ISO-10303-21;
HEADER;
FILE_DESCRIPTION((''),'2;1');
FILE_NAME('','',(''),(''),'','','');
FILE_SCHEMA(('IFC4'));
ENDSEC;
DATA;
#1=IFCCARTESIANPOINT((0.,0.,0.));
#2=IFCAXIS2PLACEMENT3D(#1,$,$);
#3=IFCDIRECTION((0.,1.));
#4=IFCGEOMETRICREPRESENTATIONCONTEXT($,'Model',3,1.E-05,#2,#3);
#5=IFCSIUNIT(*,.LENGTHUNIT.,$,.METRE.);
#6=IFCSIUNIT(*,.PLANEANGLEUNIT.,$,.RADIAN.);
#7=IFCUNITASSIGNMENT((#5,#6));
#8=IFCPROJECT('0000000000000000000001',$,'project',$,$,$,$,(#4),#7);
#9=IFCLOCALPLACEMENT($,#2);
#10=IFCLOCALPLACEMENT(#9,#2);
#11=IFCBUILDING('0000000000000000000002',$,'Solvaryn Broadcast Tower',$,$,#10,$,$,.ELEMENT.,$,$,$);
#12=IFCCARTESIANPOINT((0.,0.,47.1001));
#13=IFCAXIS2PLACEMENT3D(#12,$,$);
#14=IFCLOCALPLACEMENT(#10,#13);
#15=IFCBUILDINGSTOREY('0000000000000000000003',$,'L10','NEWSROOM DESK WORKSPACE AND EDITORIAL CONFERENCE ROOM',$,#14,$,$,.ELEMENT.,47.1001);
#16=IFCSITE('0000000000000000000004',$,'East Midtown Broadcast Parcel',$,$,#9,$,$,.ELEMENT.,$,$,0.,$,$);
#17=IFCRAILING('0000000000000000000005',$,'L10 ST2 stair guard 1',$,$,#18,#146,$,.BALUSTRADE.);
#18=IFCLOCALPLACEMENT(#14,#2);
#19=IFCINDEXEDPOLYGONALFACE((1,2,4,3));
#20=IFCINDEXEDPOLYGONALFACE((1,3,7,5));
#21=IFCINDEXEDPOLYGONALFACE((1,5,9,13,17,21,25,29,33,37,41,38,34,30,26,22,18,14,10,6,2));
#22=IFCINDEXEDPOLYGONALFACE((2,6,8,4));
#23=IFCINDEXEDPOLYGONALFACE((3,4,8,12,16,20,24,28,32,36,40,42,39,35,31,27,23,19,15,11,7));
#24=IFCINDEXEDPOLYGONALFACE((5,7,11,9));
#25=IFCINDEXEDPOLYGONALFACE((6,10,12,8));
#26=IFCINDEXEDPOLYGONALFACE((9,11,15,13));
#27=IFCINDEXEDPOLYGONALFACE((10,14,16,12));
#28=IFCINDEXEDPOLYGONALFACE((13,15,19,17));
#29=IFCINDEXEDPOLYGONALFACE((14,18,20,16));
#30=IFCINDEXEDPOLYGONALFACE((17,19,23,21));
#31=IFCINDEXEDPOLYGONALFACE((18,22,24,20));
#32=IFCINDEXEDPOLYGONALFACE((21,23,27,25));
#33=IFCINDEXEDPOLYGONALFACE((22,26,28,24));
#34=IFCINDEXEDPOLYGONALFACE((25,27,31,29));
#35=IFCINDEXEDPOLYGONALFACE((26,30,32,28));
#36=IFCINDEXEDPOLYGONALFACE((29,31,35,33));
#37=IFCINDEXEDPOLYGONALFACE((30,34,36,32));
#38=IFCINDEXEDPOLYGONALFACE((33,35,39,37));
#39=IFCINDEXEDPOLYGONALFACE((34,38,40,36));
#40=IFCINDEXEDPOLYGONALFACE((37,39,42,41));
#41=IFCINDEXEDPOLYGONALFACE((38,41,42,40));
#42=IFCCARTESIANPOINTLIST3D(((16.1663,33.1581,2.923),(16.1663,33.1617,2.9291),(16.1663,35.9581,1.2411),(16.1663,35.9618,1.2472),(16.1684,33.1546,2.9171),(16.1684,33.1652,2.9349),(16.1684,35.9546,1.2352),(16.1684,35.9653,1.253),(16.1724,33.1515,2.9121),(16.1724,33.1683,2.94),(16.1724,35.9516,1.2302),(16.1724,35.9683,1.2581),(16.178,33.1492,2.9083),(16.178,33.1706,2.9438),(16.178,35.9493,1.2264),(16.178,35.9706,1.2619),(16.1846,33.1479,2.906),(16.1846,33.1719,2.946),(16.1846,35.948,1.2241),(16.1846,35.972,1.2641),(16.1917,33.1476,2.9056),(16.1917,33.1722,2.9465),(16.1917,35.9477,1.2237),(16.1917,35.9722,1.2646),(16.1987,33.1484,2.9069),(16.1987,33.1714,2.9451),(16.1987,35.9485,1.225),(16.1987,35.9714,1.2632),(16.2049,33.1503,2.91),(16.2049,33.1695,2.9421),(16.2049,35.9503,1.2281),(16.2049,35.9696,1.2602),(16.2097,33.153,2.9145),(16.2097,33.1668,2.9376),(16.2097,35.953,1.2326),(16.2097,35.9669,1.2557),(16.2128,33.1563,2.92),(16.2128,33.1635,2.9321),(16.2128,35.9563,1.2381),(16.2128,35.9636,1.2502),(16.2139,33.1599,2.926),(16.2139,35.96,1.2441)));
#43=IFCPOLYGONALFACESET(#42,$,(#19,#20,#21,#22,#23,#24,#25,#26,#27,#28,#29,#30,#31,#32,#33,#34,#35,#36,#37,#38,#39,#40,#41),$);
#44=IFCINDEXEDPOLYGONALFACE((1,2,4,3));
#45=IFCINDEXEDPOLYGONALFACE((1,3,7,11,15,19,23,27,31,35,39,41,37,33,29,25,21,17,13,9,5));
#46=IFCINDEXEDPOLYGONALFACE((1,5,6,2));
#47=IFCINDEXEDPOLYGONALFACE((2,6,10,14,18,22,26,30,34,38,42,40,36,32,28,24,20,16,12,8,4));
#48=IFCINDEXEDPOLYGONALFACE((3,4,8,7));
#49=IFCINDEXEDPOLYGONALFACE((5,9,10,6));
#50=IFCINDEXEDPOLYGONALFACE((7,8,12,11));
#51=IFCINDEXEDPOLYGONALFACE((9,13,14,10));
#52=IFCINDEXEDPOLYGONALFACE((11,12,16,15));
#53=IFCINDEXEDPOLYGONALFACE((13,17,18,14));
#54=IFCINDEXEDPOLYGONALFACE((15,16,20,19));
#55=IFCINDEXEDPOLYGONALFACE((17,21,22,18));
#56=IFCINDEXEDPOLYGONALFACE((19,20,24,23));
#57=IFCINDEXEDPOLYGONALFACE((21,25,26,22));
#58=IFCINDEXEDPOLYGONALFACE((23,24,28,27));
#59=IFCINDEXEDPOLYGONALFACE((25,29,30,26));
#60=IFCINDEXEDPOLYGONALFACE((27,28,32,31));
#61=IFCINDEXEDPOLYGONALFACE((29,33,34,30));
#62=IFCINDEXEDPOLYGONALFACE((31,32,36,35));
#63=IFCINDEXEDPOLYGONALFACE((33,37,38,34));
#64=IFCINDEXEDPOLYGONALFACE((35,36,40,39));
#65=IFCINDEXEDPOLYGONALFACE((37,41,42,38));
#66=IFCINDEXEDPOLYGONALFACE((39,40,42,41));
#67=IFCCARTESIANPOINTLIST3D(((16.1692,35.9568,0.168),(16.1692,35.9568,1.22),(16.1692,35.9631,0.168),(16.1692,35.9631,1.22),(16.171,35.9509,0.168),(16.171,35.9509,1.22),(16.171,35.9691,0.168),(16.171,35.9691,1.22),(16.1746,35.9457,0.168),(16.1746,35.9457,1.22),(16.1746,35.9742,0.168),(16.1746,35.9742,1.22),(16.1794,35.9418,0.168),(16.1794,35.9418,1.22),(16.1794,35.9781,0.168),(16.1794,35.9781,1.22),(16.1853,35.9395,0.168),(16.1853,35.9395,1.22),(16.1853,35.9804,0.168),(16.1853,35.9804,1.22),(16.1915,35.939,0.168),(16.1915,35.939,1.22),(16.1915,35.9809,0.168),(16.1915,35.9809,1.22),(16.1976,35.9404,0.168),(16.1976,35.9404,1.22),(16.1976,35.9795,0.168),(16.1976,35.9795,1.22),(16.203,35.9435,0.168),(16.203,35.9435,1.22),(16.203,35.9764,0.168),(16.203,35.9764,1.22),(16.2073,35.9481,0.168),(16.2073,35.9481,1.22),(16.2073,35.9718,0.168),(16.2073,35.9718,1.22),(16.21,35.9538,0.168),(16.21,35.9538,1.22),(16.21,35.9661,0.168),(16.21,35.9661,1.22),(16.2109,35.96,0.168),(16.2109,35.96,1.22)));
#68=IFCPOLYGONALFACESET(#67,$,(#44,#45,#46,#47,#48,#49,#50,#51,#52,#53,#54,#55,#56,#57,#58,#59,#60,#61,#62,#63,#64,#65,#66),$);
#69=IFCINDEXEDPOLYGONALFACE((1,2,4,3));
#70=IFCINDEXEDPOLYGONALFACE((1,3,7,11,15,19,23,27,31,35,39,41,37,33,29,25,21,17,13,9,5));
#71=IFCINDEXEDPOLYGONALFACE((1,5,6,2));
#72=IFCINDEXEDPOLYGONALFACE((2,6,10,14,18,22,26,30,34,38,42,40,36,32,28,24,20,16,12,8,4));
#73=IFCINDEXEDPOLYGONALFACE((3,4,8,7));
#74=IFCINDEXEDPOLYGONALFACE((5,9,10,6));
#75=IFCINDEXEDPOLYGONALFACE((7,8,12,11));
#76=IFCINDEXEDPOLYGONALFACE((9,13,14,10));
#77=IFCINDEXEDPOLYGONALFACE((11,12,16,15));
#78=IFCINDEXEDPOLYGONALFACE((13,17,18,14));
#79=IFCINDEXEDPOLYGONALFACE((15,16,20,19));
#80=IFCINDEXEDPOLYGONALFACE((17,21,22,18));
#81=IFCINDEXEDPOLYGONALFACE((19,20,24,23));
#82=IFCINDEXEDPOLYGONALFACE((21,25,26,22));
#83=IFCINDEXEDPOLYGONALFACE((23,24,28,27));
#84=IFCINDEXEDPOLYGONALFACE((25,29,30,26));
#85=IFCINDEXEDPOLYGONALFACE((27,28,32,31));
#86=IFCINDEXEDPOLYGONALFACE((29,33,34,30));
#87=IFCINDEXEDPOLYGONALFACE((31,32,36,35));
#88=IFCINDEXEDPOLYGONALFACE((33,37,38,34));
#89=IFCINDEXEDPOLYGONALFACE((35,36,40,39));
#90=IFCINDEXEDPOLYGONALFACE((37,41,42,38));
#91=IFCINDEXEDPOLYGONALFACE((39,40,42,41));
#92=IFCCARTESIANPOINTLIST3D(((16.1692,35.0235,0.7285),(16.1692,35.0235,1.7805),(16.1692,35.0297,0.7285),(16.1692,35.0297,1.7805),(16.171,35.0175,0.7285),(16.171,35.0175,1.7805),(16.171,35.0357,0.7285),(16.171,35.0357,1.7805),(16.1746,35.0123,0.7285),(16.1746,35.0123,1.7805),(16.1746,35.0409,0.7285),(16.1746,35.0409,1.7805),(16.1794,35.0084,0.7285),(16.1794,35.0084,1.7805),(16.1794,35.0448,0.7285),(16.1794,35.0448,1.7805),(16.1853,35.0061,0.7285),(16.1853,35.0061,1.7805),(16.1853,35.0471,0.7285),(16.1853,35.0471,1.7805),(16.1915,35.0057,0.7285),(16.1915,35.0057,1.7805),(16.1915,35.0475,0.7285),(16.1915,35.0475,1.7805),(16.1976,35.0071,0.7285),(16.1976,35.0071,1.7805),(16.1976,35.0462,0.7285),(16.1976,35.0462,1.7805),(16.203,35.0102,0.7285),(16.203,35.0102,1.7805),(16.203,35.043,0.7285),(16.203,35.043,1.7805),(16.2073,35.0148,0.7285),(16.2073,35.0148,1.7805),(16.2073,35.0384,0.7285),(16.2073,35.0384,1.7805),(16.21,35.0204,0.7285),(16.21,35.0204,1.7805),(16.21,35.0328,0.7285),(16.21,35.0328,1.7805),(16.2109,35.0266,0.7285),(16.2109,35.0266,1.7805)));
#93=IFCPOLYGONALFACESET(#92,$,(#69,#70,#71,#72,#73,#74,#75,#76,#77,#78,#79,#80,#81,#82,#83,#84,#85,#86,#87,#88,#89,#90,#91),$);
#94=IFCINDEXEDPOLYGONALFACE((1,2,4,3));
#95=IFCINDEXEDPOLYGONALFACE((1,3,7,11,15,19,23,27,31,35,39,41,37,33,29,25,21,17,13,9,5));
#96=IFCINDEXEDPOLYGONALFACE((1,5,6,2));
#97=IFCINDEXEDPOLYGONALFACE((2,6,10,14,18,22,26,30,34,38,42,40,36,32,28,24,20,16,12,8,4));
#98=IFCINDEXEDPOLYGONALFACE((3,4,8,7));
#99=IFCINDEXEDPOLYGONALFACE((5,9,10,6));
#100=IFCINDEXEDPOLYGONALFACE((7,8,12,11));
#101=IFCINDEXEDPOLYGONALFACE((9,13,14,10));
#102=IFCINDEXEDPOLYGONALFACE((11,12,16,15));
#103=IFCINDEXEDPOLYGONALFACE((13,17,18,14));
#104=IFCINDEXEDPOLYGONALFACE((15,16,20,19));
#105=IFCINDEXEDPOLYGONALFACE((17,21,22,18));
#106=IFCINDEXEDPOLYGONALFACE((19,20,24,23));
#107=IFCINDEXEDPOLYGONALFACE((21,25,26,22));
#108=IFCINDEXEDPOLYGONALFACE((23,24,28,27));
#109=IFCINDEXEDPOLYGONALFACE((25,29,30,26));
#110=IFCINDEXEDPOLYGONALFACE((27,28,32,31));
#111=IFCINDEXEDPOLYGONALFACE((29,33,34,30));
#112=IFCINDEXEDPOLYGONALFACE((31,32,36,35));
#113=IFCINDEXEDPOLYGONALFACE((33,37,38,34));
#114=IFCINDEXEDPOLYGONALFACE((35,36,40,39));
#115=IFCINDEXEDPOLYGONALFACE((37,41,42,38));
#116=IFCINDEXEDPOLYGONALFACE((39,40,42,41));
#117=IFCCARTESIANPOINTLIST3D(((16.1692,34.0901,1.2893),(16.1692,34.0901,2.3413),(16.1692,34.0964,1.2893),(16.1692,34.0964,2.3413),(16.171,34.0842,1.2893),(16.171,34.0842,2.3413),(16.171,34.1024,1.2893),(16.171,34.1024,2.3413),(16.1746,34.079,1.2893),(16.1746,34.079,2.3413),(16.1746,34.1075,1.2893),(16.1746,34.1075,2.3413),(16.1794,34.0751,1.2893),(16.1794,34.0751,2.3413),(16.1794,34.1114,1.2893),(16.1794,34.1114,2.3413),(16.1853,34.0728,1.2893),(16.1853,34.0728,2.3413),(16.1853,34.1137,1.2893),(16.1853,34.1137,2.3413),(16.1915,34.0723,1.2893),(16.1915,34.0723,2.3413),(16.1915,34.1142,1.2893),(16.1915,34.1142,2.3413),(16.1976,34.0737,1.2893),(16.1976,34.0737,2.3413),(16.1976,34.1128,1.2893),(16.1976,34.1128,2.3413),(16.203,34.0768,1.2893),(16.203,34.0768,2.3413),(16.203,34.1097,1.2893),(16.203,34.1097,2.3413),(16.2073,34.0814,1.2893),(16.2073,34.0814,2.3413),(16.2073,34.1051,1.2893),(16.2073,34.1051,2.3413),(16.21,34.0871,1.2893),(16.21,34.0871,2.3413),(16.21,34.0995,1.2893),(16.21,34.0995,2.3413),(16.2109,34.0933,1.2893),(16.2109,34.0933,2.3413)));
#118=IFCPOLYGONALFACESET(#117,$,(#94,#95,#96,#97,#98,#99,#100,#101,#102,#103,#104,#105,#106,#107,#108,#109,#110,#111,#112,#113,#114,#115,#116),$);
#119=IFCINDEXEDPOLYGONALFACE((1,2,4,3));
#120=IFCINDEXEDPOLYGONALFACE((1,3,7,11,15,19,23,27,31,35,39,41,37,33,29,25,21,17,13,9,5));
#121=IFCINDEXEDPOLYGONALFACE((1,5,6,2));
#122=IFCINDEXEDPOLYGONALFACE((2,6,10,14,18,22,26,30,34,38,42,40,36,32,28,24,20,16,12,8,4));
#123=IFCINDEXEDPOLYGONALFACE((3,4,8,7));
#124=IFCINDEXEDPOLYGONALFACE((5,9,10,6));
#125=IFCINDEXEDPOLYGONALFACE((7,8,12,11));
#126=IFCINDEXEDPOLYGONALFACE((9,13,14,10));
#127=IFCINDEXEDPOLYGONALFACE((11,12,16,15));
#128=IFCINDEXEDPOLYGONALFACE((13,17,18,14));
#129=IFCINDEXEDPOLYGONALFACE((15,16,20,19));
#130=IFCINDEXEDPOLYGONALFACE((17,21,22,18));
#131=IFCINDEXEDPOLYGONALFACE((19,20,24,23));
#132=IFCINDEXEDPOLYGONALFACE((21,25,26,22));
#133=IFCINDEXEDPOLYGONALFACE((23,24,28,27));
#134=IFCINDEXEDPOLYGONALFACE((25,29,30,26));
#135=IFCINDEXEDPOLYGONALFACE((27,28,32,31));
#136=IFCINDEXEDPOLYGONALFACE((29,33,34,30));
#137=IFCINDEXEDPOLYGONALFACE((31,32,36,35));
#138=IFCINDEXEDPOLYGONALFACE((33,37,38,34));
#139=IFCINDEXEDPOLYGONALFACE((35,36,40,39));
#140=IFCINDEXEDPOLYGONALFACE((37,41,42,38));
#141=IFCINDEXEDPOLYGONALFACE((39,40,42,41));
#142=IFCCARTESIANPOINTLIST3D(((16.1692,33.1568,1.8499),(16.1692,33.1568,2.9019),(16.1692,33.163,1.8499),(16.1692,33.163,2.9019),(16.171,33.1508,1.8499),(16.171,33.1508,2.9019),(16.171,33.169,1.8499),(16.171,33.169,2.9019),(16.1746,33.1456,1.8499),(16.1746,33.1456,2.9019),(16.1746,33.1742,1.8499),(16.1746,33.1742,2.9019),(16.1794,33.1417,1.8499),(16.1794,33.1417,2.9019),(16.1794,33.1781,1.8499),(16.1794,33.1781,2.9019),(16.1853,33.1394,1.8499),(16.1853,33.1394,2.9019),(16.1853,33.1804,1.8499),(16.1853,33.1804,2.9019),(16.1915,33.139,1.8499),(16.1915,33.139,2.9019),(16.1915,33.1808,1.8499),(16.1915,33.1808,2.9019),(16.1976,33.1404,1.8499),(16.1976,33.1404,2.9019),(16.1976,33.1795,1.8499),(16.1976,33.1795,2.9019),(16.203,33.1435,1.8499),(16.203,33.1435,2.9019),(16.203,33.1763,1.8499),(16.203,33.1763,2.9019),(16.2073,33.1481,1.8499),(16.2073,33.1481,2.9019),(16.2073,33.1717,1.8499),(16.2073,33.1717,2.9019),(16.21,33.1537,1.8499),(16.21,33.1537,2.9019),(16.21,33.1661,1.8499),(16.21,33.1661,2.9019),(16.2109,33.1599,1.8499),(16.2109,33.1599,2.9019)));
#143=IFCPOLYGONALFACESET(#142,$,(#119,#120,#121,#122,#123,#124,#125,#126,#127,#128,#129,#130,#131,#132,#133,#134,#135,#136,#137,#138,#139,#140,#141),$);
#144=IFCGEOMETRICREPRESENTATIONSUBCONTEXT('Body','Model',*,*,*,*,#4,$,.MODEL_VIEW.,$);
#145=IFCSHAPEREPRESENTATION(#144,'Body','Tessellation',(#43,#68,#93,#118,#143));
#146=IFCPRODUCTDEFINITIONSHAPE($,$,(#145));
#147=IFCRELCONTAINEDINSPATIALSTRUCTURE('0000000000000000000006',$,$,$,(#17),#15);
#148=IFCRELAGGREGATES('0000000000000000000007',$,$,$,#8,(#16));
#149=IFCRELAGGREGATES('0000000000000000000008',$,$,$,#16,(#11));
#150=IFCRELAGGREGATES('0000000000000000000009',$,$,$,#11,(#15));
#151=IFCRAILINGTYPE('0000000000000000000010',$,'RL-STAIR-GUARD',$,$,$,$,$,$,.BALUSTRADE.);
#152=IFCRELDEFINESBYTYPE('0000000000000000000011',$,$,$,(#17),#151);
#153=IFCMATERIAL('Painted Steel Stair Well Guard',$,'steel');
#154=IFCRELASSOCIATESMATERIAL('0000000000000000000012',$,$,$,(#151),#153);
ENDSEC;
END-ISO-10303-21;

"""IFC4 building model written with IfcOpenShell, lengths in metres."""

from ifc_helpers import new_model, si_unit, direction, frame, origin, origin_2d, place, context, subcontext, project, spatial, circle, extrude, material, type_object, element, save


model = new_model("IFC4")

# Units and contexts
model_context = context("Model", 3, precision=1e-05, world=origin(), true_north=direction((0.0, 1.0)))
body_context = subcontext(model_context, "Body", "Model", "MODEL_VIEW")
ifc_project = project(units=[si_unit("LENGTHUNIT", "METRE"), si_unit("PLANEANGLEUNIT", "RADIAN")], contexts=[model_context])

# Site, building, storey
site_placement = place(None, origin())
site = spatial("IfcSite", under=ifc_project, at=site_placement, Name="East Midtown Broadcast Parcel", CompositionType="ELEMENT", RefElevation=0.0)
building_placement = place(site_placement, origin())
building = spatial("IfcBuilding", under=site, at=building_placement, Name="Solvaryn Broadcast Tower", CompositionType="ELEMENT")
storey_placement = place(building_placement, frame((0.0, 0.0, 47.1001)))
storey = spatial("IfcBuildingStorey", under=building, at=storey_placement, Name="L10", Description="NEWSROOM DESK WORKSPACE AND EDITORIAL CONFERENCE ROOM", CompositionType="ELEMENT", Elevation=47.1001)

# Railing
ifc_material_1 = material(Name="Painted Steel Stair Well Guard", Category="steel")
railing_type_1 = type_object("IfcRailingType", Name="RL-STAIR-GUARD", PredefinedType="BALUSTRADE", material=ifc_material_1)
railing_1_placement = place(storey_placement, frame((16.1899, 35.96, 0.168)))
element("IfcRailing", 1, at=railing_1_placement, inside=storey, type_object=railing_type_1, Name="L10 ST2 stair guard 1", PredefinedType="BALUSTRADE", context=body_context, shape_type="SweptSolid", body=[
    extrude(circle(Radius=0.0239, at=origin_2d()), frame((0.0, 0.0, 1.0762), z_axis=(0.0, -0.857242, 0.514913), x_axis=(1.0, 0.0, 0.0)), (0.0, 0.0, 1.0), 3.2664),
    extrude(circle(Radius=0.021, at=origin_2d()), origin(), (0.0, 0.0, 1.0), 1.052),
    extrude(circle(Radius=0.021, at=origin_2d()), frame((0.0, -0.9333, 0.5605)), (0.0, 0.0, 1.0), 1.052),
    extrude(circle(Radius=0.021, at=origin_2d()), frame((0.0, -1.8667, 1.1213)), (0.0, 0.0, 1.0), 1.052),
    extrude(circle(Radius=0.021, at=origin_2d()), frame((0.0, -2.8, 1.6819)), (0.0, 0.0, 1.0), 1.052),
])

save(model, "model.ifc")
